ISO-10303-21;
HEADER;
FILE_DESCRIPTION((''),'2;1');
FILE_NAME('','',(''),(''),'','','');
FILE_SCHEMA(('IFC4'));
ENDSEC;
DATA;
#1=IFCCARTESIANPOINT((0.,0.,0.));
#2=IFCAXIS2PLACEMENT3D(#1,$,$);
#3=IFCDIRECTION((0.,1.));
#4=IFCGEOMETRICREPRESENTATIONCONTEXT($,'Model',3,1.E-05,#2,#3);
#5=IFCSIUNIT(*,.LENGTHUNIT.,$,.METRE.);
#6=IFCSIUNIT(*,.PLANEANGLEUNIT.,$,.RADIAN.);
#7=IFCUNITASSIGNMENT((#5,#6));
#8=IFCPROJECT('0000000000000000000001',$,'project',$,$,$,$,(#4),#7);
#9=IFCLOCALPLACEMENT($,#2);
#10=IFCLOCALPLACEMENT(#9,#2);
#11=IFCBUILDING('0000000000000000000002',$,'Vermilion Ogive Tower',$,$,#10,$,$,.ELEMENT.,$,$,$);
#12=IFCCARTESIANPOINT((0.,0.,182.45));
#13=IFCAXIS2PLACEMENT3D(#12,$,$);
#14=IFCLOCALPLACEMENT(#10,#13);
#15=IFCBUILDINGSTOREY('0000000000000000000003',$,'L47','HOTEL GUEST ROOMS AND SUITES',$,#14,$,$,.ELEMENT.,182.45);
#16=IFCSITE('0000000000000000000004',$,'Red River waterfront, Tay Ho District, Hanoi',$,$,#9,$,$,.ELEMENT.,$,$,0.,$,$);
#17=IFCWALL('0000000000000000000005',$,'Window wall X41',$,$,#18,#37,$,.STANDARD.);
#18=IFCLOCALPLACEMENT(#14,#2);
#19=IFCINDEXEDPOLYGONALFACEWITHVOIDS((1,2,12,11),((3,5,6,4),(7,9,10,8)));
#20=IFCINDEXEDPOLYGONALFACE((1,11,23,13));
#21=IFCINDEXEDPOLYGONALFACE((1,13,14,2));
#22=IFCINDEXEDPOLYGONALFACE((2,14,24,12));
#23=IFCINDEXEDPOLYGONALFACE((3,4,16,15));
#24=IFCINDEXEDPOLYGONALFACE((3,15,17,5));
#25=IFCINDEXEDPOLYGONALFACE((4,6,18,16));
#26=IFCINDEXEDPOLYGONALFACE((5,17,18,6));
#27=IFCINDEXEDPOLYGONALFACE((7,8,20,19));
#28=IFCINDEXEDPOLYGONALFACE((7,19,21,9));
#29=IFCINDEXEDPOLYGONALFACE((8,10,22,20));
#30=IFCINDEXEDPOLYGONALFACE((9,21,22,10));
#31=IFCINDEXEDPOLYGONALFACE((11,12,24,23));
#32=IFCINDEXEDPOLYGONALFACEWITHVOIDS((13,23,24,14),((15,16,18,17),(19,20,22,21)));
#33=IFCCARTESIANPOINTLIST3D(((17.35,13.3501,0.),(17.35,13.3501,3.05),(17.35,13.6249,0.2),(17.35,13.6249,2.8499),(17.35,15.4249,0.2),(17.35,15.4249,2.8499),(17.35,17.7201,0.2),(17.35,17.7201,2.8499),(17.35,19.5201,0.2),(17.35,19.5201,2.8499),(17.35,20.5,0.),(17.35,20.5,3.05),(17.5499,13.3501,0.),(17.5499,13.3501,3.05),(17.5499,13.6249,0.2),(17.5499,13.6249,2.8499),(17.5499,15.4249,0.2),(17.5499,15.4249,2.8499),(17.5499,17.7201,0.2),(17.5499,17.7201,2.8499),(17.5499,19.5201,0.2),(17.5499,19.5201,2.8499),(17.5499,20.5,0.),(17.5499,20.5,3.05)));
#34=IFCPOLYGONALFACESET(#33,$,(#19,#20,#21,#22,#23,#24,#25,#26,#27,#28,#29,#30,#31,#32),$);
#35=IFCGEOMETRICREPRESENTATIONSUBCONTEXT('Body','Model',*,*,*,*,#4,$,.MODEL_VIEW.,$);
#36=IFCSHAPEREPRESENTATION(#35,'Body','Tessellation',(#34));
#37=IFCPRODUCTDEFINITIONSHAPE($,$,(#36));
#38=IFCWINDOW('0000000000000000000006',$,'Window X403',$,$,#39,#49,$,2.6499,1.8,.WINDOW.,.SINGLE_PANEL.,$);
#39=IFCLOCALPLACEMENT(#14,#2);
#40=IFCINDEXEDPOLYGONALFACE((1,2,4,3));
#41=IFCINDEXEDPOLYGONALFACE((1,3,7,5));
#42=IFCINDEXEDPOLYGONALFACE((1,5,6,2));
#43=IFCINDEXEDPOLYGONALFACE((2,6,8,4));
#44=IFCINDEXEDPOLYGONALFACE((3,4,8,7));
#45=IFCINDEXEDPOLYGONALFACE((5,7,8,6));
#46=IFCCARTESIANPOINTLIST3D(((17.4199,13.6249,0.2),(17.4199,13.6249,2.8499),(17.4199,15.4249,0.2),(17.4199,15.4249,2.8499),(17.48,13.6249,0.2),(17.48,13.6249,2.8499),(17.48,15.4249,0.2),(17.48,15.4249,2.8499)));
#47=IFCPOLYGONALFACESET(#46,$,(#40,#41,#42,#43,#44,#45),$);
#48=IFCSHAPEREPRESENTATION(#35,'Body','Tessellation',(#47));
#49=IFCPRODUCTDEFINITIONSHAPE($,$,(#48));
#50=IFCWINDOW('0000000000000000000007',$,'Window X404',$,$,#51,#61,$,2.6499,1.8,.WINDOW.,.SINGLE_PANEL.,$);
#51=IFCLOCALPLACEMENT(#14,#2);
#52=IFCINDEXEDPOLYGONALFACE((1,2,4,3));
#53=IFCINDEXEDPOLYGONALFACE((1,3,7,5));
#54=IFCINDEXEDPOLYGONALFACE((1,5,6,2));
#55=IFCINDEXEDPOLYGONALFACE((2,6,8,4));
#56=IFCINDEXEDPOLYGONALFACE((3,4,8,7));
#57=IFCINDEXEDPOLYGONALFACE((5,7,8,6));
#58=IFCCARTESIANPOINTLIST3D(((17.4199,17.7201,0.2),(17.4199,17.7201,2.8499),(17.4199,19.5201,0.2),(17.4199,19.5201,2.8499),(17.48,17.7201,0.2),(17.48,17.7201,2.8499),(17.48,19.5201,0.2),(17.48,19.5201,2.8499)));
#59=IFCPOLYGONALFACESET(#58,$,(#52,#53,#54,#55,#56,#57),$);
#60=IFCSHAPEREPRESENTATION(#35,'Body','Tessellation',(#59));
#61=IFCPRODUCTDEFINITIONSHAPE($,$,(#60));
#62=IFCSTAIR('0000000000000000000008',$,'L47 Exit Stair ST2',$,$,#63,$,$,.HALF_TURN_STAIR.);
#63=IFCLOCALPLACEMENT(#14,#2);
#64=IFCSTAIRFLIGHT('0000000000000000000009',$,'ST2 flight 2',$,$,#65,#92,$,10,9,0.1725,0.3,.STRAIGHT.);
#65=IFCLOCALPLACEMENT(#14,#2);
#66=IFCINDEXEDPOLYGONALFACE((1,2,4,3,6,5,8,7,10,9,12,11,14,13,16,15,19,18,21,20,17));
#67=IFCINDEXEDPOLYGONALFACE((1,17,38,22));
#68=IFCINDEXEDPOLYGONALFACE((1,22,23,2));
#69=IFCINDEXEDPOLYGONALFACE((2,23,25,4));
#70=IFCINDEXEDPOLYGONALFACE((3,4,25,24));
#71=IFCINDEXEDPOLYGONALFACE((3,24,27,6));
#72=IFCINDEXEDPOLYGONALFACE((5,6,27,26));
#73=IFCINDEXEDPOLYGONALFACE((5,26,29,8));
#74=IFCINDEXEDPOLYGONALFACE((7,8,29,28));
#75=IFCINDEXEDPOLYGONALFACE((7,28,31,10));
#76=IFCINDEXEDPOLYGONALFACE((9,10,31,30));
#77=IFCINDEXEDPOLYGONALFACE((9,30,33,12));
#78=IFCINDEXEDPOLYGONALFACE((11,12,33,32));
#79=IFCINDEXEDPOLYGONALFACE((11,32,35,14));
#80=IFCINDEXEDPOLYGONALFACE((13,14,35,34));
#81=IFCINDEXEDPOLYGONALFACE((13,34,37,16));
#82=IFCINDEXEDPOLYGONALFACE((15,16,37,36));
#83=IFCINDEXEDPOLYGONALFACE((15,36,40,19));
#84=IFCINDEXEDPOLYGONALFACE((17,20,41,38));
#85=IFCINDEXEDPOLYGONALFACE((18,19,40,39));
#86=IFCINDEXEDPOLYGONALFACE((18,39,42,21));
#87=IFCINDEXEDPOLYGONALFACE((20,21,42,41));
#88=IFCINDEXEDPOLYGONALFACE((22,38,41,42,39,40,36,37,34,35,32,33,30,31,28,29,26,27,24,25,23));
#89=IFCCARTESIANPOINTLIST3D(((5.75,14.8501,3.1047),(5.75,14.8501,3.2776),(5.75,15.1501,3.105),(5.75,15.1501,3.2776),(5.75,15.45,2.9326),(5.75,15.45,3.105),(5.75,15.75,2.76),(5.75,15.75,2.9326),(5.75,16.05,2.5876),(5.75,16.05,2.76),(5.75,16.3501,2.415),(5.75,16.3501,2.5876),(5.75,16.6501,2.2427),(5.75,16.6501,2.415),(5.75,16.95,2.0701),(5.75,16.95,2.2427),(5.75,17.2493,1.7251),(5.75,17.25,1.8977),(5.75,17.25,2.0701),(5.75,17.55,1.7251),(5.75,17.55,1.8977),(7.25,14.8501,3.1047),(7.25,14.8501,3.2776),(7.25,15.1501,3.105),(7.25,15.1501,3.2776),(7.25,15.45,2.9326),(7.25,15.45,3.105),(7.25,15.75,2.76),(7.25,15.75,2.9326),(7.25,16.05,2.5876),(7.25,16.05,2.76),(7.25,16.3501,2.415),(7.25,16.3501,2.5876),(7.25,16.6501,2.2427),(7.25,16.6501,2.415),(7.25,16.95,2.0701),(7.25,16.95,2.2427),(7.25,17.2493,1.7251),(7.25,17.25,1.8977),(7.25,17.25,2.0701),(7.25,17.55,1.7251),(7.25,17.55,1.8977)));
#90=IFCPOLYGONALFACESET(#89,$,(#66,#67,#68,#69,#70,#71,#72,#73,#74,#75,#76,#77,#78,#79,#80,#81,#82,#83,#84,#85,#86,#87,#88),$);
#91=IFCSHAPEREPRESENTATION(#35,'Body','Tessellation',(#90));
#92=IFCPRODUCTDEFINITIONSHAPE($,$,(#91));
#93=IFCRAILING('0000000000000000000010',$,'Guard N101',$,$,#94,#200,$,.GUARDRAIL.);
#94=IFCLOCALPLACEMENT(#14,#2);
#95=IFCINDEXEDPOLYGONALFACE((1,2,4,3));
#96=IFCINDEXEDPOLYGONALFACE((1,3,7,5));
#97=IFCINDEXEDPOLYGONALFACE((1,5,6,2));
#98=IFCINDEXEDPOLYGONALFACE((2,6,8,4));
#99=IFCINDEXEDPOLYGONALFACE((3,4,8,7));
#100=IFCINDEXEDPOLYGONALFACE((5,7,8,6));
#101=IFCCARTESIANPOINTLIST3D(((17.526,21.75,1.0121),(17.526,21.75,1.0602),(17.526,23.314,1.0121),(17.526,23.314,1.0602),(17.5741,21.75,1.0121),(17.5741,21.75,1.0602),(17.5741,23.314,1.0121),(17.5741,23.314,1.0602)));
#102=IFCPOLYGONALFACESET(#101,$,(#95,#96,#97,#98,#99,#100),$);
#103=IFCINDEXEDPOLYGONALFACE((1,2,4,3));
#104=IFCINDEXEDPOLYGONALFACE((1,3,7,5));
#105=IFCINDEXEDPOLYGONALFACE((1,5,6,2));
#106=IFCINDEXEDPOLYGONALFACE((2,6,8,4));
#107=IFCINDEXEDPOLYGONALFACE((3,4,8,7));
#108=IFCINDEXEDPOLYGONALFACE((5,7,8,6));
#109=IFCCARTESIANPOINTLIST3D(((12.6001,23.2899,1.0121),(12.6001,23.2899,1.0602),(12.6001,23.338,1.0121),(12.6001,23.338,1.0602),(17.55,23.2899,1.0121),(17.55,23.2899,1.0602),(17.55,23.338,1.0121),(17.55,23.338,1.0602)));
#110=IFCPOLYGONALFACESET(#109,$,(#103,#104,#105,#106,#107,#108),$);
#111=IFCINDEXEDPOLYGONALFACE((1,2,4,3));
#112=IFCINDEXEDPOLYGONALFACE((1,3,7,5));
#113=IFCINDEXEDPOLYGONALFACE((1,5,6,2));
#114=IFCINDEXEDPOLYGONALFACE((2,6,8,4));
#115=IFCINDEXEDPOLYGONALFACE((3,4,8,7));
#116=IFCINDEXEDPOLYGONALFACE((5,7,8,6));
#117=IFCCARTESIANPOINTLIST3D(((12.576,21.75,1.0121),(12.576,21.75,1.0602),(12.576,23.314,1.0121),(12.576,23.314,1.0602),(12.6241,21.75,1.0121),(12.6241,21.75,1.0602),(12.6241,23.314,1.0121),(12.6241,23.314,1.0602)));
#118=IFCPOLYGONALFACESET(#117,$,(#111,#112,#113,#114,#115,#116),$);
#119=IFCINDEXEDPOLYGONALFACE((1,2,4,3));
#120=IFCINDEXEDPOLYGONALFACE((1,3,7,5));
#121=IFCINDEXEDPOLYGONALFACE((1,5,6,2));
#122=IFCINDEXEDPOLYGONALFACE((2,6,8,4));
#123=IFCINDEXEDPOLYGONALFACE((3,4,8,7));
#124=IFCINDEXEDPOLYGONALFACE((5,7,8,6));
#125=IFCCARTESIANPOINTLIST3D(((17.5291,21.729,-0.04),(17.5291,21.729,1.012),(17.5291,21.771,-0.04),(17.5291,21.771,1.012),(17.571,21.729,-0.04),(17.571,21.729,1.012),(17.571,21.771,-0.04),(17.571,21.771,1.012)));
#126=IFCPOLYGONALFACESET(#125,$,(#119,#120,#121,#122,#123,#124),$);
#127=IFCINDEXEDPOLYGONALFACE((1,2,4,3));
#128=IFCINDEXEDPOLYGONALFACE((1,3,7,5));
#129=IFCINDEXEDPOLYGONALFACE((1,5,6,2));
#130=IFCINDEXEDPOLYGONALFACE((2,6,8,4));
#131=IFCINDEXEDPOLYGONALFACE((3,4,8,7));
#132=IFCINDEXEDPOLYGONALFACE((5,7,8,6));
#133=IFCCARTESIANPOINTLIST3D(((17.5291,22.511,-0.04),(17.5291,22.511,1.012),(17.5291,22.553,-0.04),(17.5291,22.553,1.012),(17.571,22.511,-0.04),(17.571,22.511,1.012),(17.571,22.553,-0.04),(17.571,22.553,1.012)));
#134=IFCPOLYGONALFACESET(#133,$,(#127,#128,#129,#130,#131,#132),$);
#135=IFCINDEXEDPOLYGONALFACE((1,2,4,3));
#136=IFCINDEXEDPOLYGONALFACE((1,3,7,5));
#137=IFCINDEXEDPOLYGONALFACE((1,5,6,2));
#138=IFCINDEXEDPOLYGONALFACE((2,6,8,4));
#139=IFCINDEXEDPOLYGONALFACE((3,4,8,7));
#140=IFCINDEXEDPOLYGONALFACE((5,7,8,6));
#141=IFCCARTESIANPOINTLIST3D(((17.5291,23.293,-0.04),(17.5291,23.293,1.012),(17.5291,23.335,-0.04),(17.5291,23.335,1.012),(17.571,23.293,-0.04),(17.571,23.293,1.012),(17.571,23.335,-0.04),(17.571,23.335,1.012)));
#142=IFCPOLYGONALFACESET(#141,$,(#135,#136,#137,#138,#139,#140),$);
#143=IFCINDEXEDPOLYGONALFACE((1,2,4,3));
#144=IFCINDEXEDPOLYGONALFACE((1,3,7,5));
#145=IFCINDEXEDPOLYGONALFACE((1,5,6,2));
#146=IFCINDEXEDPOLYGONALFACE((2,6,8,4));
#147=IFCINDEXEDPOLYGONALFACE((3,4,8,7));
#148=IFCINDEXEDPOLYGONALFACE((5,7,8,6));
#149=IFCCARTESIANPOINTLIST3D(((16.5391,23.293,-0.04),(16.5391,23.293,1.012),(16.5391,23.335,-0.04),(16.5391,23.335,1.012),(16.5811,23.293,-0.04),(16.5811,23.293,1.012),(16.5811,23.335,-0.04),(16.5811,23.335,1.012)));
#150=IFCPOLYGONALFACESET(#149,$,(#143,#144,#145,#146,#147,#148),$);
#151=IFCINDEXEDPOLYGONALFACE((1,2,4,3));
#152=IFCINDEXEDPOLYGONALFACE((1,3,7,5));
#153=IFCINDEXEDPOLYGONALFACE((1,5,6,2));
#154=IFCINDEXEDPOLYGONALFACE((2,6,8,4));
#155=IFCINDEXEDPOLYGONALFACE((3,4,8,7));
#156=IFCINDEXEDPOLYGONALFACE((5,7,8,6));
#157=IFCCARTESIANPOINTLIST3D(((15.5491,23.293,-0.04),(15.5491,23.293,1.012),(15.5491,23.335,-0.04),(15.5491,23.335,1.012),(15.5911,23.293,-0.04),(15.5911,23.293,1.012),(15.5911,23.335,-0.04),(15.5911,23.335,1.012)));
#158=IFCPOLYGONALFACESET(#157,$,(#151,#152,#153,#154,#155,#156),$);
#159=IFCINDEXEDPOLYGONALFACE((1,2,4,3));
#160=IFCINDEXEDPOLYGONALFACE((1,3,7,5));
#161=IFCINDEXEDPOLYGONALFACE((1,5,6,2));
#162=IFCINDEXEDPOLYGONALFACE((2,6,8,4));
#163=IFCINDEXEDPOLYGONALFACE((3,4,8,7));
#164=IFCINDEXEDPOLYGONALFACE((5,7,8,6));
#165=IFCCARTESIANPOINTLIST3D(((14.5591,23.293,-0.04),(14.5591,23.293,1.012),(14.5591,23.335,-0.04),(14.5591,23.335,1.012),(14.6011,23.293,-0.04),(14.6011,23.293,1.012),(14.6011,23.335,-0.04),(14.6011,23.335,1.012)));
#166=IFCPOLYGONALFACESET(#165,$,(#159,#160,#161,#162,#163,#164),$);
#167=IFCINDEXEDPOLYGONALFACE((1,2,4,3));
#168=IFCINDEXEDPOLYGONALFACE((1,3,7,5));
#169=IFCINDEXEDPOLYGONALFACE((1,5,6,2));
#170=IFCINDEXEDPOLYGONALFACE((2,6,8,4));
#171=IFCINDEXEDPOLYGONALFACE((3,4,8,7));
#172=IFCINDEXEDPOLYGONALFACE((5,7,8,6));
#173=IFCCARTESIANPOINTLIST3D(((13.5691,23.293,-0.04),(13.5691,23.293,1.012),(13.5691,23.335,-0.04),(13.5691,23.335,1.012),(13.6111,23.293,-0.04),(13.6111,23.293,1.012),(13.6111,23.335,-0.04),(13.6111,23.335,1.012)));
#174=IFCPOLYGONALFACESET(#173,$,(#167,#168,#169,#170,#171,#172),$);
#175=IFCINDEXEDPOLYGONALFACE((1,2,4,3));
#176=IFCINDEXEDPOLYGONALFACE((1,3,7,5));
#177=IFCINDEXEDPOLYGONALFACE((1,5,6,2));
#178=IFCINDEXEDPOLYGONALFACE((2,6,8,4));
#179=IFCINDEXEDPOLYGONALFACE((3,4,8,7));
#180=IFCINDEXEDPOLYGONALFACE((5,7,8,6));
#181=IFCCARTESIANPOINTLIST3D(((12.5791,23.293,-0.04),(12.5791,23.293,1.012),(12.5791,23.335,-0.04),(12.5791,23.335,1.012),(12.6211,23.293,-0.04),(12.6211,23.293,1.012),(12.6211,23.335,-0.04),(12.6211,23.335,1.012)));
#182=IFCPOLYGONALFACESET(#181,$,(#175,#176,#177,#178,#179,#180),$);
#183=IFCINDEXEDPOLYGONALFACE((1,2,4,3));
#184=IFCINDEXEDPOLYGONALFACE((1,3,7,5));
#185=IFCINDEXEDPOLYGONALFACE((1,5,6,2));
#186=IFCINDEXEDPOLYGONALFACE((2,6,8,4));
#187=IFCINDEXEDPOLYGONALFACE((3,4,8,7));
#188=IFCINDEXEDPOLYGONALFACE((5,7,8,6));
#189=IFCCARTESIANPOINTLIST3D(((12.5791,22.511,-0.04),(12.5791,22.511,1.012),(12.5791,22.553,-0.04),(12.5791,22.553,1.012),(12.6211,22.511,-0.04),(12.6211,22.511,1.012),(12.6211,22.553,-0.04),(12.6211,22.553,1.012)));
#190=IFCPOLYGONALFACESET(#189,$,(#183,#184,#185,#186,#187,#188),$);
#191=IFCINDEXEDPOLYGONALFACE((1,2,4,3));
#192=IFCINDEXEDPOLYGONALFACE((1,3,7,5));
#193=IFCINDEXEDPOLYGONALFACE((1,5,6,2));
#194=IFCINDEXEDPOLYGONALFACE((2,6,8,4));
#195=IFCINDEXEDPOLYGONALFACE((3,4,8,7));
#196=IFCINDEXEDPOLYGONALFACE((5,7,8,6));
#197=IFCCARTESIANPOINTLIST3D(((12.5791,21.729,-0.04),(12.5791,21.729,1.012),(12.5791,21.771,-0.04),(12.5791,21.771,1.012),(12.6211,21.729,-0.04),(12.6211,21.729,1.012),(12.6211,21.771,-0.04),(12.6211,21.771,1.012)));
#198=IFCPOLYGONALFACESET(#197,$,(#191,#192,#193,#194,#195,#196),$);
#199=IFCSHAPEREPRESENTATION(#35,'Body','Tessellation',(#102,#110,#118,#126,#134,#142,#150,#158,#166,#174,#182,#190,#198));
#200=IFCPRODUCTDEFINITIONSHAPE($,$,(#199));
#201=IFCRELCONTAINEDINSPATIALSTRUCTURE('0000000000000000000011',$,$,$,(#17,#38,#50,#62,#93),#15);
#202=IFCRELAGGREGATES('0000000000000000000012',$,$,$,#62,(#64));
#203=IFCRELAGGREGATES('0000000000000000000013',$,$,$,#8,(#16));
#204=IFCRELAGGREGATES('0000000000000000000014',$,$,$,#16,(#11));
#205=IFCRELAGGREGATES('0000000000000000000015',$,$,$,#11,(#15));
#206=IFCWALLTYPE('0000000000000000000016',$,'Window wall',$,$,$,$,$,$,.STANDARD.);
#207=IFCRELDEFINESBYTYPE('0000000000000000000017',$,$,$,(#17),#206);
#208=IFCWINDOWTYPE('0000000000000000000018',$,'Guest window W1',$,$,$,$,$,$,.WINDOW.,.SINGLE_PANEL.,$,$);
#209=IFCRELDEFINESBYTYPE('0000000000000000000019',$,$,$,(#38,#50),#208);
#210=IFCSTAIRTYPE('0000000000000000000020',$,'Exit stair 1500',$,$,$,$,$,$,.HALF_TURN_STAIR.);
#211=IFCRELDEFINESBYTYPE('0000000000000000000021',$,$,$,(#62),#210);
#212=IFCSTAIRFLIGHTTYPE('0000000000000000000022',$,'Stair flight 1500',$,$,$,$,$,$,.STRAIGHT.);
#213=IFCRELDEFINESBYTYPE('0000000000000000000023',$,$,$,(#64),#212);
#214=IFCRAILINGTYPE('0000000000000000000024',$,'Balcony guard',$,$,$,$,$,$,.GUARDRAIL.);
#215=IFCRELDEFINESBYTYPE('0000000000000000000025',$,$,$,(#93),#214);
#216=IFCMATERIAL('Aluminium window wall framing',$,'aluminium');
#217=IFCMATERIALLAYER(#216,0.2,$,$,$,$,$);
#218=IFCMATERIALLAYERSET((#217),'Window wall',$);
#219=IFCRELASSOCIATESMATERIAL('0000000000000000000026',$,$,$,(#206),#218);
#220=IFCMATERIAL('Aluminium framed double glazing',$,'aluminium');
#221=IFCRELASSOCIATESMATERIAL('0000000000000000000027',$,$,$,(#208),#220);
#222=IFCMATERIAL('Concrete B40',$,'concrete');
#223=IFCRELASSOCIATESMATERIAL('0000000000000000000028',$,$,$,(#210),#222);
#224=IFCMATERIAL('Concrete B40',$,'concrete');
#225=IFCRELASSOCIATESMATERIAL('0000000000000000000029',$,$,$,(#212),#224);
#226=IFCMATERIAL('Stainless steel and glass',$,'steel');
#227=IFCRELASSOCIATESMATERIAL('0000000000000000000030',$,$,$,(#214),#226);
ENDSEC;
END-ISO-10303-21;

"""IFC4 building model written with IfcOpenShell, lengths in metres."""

from ifc_helpers import new_model, si_unit, direction, frame, frame_2d, origin, origin_2d, place, context, subcontext, project, spatial, polyline, rectangle, outline, extrude, material, layer, layer_set, type_object, element, fill, aggregate, save


model = new_model("IFC4")

# Units and contexts
model_context = context("Model", 3, precision=1e-05, world=origin(), true_north=direction((0.0, 1.0)))
body_context = subcontext(model_context, "Body", "Model", "MODEL_VIEW")
ifc_project = project(units=[si_unit("LENGTHUNIT", "METRE"), si_unit("PLANEANGLEUNIT", "RADIAN")], contexts=[model_context])

# Site, building, storey
site_placement = place(None, origin())
site = spatial("IfcSite", under=ifc_project, at=site_placement, Name="Red River waterfront, Tay Ho District, Hanoi", CompositionType="ELEMENT", RefElevation=0.0)
building_placement = place(site_placement, origin())
building = spatial("IfcBuilding", under=site, at=building_placement, Name="Vermilion Ogive Tower", CompositionType="ELEMENT")
storey_placement = place(building_placement, frame((0.0, 0.0, 182.45)))
storey = spatial("IfcBuildingStorey", under=building, at=storey_placement, Name="L47", Description="HOTEL GUEST ROOMS AND SUITES", CompositionType="ELEMENT", Elevation=182.45)

# Shared definitions
ifc_material_1 = material(Name="Aluminium window wall framing", Category="aluminium")
ifc_layer_1 = layer(ifc_material_1, 0.2)
ifc_layer_set_1 = layer_set([ifc_layer_1], Name="Window wall")
wall_type_1 = type_object("IfcWallType", Name="Window wall", PredefinedType="STANDARD", material=ifc_layer_set_1)

# Wall, openings, windows
wall_1_placement = place(storey_placement, frame((17.45, 13.3501, 0.0), z_axis=(0.0, 0.0, 1.0), x_axis=(0.0, 1.0, 0.0)))
wall_1 = element("IfcWall", 1, at=wall_1_placement, inside=storey, type_object=wall_type_1, Name="Window wall X41", PredefinedType="STANDARD", context=body_context, shape_type="SweptSolid", body=[
    extrude(rectangle(XDim=7.1499, YDim=0.2, at=frame_2d((3.575, 0.0))), origin(), (0.0, 0.0, 1.0), 3.05),
])
opening_1_placement = place(wall_1_placement, frame((0.2749, 0.0, 0.2)))
opening_1 = element("IfcOpeningElement", 2, at=opening_1_placement, cuts=wall_1, PredefinedType="OPENING", context=body_context, shape_type="SweptSolid", body=[
    extrude(rectangle(XDim=1.8, YDim=2.6499, at=frame_2d((0.8999, 1.325))), frame((0.0, 0.1099, 0.0), z_axis=(0.0, -1.0, 0.0), x_axis=(1.0, 0.0, 0.0)), (0.0, 0.0, 1.0), 0.22),
])
opening_2_placement = place(wall_1_placement, frame((4.3701, 0.0, 0.2)))
opening_2 = element("IfcOpeningElement", 3, at=opening_2_placement, cuts=wall_1, PredefinedType="OPENING", context=body_context, shape_type="SweptSolid", body=[
    extrude(rectangle(XDim=1.8, YDim=2.6499, at=frame_2d((0.8999, 1.325))), frame((0.0, 0.1099, 0.0), z_axis=(0.0, -1.0, 0.0), x_axis=(1.0, 0.0, 0.0)), (0.0, 0.0, 1.0), 0.22),
])
ifc_material_2 = material(Name="Aluminium framed double glazing", Category="aluminium")
window_type = type_object("IfcWindowType", Name="Guest window W1", PartitioningType="SINGLE_PANEL", PredefinedType="WINDOW", material=ifc_material_2)
window_1_placement = place(opening_1_placement, origin())
window_1 = element("IfcWindow", 4, at=window_1_placement, inside=storey, type_object=window_type, Name="Window X403", OverallHeight=2.6499, OverallWidth=1.8, PartitioningType="SINGLE_PANEL", PredefinedType="WINDOW", context=body_context, shape_type="SweptSolid", body=[
    extrude(rectangle(XDim=1.8, YDim=2.6499, at=frame_2d((0.8999, 1.325))), frame((0.0, 0.03, 0.0), z_axis=(0.0, -1.0, 0.0), x_axis=(1.0, 0.0, 0.0)), (0.0, 0.0, 1.0), 0.0601),
])
fill(opening_1, window_1)
window_2_placement = place(opening_2_placement, origin())
window_2 = element("IfcWindow", 5, at=window_2_placement, inside=storey, type_object=window_type, Name="Window X404", OverallHeight=2.6499, OverallWidth=1.8, PartitioningType="SINGLE_PANEL", PredefinedType="WINDOW", context=body_context, shape_type="SweptSolid", body=[
    extrude(rectangle(XDim=1.8, YDim=2.6499, at=frame_2d((0.8999, 1.325))), frame((0.0, 0.03, 0.0), z_axis=(0.0, -1.0, 0.0), x_axis=(1.0, 0.0, 0.0)), (0.0, 0.0, 1.0), 0.0601),
])
fill(opening_2, window_2)

# Stair, stair flight
ifc_material_3 = material(Name="Concrete B40", Category="concrete")
stair_type = type_object("IfcStairType", Name="Exit stair 1500", PredefinedType="HALF_TURN_STAIR", material=ifc_material_3)
stair_placement = place(storey_placement, origin())
stair = element("IfcStair", 6, at=stair_placement, inside=storey, type_object=stair_type, Name="L47 Exit Stair ST2", PredefinedType="HALF_TURN_STAIR")
ifc_material_4 = material(Name="Concrete B40", Category="concrete")
stair_flight_type = type_object("IfcStairFlightType", Name="Stair flight 1500", PredefinedType="STRAIGHT", material=ifc_material_4)
stair_flight_placement = place(storey_placement, frame((6.5, 17.55, 1.7251), z_axis=(0.0, 0.0, 1.0), x_axis=(0.0, -1.0, 0.0)))
stair_flight = element("IfcStairFlight", 7, at=stair_flight_placement, type_object=stair_flight_type, Name="ST2 flight 2", NumberOfRisers=10, NumberOfTreads=9, PredefinedType="STRAIGHT", RiserHeight=0.1725, TreadLength=0.3, context=body_context, shape_type="SweptSolid", body=[
    extrude(outline(polyline([(0.0, 0.0), (0.0, 0.1726), (0.3, 0.1726), (0.3, 0.345), (0.6001, 0.345), (0.6001, 0.5176), (0.8999, 0.5176), (0.8999, 0.6899), (1.2, 0.6899), (1.2, 0.8625), (1.5, 0.8625), (1.5, 1.0349), (1.8, 1.0349), (1.8, 1.2075), (2.1001, 1.2075), (2.1001, 1.3799), (2.3999, 1.3799), (2.3999, 1.5525), (2.7, 1.5525), (2.7, 1.7251), (2.7, 1.3796), (0.3008, 0.0), (0.0, 0.0)])), frame((0.0, 0.75, 0.0), z_axis=(0.0, -1.0, 0.0), x_axis=(1.0, 0.0, 0.0)), (0.0, 0.0, 1.0), 1.5),
])
aggregate(stair, [stair_flight])

# Railing
ifc_material_5 = material(Name="Stainless steel and glass", Category="steel")
railing_type_1 = type_object("IfcRailingType", Name="Balcony guard", PredefinedType="GUARDRAIL", material=ifc_material_5)
railing_1_placement = place(storey_placement, frame((17.55, 21.75, -0.04)))
element("IfcRailing", 8, at=railing_1_placement, inside=storey, type_object=railing_type_1, Name="Guard N101", PredefinedType="GUARDRAIL", context=body_context, shape_type="SweptSolid", body=[
    extrude(rectangle(XDim=0.0481, YDim=0.0481, at=origin_2d()), frame((0.0, 0.0, 1.0762), z_axis=(0.0, 1.0, 0.0), x_axis=(-1.0, 0.0, 0.0)), (0.0, 0.0, 1.0), 1.564),
    extrude(rectangle(XDim=0.0481, YDim=0.0481, at=origin_2d()), frame((0.0, 1.564, 1.0762), z_axis=(-1.0, 0.0, 0.0), x_axis=(0.0, -1.0, 0.0)), (0.0, 0.0, 1.0), 4.95),
    extrude(rectangle(XDim=0.0481, YDim=0.0481, at=origin_2d()), frame((-4.95, 1.564, 1.0762), z_axis=(0.0, -1.0, 0.0), x_axis=(1.0, 0.0, 0.0)), (0.0, 0.0, 1.0), 1.564),
    extrude(rectangle(XDim=0.042, YDim=0.042, at=origin_2d()), origin(), (0.0, 0.0, 1.0), 1.052),
    extrude(rectangle(XDim=0.042, YDim=0.042, at=origin_2d()), frame((0.0, 0.782, 0.0)), (0.0, 0.0, 1.0), 1.052),
    extrude(rectangle(XDim=0.042, YDim=0.042, at=origin_2d()), frame((0.0, 1.564, 0.0)), (0.0, 0.0, 1.0), 1.052),
    extrude(rectangle(XDim=0.042, YDim=0.042, at=origin_2d()), frame((-0.99, 1.564, 0.0)), (0.0, 0.0, 1.0), 1.052),
    extrude(rectangle(XDim=0.042, YDim=0.042, at=origin_2d()), frame((-1.98, 1.564, 0.0)), (0.0, 0.0, 1.0), 1.052),
    extrude(rectangle(XDim=0.042, YDim=0.042, at=origin_2d()), frame((-2.97, 1.564, 0.0)), (0.0, 0.0, 1.0), 1.052),
    extrude(rectangle(XDim=0.042, YDim=0.042, at=origin_2d()), frame((-3.96, 1.564, 0.0)), (0.0, 0.0, 1.0), 1.052),
    extrude(rectangle(XDim=0.042, YDim=0.042, at=origin_2d()), frame((-4.95, 1.564, 0.0)), (0.0, 0.0, 1.0), 1.052),
    extrude(rectangle(XDim=0.042, YDim=0.042, at=origin_2d()), frame((-4.95, 0.782, 0.0)), (0.0, 0.0, 1.0), 1.052),
    extrude(rectangle(XDim=0.042, YDim=0.042, at=origin_2d()), frame((-4.95, 0.0, 0.0)), (0.0, 0.0, 1.0), 1.052),
])

save(model, "model.ifc")
